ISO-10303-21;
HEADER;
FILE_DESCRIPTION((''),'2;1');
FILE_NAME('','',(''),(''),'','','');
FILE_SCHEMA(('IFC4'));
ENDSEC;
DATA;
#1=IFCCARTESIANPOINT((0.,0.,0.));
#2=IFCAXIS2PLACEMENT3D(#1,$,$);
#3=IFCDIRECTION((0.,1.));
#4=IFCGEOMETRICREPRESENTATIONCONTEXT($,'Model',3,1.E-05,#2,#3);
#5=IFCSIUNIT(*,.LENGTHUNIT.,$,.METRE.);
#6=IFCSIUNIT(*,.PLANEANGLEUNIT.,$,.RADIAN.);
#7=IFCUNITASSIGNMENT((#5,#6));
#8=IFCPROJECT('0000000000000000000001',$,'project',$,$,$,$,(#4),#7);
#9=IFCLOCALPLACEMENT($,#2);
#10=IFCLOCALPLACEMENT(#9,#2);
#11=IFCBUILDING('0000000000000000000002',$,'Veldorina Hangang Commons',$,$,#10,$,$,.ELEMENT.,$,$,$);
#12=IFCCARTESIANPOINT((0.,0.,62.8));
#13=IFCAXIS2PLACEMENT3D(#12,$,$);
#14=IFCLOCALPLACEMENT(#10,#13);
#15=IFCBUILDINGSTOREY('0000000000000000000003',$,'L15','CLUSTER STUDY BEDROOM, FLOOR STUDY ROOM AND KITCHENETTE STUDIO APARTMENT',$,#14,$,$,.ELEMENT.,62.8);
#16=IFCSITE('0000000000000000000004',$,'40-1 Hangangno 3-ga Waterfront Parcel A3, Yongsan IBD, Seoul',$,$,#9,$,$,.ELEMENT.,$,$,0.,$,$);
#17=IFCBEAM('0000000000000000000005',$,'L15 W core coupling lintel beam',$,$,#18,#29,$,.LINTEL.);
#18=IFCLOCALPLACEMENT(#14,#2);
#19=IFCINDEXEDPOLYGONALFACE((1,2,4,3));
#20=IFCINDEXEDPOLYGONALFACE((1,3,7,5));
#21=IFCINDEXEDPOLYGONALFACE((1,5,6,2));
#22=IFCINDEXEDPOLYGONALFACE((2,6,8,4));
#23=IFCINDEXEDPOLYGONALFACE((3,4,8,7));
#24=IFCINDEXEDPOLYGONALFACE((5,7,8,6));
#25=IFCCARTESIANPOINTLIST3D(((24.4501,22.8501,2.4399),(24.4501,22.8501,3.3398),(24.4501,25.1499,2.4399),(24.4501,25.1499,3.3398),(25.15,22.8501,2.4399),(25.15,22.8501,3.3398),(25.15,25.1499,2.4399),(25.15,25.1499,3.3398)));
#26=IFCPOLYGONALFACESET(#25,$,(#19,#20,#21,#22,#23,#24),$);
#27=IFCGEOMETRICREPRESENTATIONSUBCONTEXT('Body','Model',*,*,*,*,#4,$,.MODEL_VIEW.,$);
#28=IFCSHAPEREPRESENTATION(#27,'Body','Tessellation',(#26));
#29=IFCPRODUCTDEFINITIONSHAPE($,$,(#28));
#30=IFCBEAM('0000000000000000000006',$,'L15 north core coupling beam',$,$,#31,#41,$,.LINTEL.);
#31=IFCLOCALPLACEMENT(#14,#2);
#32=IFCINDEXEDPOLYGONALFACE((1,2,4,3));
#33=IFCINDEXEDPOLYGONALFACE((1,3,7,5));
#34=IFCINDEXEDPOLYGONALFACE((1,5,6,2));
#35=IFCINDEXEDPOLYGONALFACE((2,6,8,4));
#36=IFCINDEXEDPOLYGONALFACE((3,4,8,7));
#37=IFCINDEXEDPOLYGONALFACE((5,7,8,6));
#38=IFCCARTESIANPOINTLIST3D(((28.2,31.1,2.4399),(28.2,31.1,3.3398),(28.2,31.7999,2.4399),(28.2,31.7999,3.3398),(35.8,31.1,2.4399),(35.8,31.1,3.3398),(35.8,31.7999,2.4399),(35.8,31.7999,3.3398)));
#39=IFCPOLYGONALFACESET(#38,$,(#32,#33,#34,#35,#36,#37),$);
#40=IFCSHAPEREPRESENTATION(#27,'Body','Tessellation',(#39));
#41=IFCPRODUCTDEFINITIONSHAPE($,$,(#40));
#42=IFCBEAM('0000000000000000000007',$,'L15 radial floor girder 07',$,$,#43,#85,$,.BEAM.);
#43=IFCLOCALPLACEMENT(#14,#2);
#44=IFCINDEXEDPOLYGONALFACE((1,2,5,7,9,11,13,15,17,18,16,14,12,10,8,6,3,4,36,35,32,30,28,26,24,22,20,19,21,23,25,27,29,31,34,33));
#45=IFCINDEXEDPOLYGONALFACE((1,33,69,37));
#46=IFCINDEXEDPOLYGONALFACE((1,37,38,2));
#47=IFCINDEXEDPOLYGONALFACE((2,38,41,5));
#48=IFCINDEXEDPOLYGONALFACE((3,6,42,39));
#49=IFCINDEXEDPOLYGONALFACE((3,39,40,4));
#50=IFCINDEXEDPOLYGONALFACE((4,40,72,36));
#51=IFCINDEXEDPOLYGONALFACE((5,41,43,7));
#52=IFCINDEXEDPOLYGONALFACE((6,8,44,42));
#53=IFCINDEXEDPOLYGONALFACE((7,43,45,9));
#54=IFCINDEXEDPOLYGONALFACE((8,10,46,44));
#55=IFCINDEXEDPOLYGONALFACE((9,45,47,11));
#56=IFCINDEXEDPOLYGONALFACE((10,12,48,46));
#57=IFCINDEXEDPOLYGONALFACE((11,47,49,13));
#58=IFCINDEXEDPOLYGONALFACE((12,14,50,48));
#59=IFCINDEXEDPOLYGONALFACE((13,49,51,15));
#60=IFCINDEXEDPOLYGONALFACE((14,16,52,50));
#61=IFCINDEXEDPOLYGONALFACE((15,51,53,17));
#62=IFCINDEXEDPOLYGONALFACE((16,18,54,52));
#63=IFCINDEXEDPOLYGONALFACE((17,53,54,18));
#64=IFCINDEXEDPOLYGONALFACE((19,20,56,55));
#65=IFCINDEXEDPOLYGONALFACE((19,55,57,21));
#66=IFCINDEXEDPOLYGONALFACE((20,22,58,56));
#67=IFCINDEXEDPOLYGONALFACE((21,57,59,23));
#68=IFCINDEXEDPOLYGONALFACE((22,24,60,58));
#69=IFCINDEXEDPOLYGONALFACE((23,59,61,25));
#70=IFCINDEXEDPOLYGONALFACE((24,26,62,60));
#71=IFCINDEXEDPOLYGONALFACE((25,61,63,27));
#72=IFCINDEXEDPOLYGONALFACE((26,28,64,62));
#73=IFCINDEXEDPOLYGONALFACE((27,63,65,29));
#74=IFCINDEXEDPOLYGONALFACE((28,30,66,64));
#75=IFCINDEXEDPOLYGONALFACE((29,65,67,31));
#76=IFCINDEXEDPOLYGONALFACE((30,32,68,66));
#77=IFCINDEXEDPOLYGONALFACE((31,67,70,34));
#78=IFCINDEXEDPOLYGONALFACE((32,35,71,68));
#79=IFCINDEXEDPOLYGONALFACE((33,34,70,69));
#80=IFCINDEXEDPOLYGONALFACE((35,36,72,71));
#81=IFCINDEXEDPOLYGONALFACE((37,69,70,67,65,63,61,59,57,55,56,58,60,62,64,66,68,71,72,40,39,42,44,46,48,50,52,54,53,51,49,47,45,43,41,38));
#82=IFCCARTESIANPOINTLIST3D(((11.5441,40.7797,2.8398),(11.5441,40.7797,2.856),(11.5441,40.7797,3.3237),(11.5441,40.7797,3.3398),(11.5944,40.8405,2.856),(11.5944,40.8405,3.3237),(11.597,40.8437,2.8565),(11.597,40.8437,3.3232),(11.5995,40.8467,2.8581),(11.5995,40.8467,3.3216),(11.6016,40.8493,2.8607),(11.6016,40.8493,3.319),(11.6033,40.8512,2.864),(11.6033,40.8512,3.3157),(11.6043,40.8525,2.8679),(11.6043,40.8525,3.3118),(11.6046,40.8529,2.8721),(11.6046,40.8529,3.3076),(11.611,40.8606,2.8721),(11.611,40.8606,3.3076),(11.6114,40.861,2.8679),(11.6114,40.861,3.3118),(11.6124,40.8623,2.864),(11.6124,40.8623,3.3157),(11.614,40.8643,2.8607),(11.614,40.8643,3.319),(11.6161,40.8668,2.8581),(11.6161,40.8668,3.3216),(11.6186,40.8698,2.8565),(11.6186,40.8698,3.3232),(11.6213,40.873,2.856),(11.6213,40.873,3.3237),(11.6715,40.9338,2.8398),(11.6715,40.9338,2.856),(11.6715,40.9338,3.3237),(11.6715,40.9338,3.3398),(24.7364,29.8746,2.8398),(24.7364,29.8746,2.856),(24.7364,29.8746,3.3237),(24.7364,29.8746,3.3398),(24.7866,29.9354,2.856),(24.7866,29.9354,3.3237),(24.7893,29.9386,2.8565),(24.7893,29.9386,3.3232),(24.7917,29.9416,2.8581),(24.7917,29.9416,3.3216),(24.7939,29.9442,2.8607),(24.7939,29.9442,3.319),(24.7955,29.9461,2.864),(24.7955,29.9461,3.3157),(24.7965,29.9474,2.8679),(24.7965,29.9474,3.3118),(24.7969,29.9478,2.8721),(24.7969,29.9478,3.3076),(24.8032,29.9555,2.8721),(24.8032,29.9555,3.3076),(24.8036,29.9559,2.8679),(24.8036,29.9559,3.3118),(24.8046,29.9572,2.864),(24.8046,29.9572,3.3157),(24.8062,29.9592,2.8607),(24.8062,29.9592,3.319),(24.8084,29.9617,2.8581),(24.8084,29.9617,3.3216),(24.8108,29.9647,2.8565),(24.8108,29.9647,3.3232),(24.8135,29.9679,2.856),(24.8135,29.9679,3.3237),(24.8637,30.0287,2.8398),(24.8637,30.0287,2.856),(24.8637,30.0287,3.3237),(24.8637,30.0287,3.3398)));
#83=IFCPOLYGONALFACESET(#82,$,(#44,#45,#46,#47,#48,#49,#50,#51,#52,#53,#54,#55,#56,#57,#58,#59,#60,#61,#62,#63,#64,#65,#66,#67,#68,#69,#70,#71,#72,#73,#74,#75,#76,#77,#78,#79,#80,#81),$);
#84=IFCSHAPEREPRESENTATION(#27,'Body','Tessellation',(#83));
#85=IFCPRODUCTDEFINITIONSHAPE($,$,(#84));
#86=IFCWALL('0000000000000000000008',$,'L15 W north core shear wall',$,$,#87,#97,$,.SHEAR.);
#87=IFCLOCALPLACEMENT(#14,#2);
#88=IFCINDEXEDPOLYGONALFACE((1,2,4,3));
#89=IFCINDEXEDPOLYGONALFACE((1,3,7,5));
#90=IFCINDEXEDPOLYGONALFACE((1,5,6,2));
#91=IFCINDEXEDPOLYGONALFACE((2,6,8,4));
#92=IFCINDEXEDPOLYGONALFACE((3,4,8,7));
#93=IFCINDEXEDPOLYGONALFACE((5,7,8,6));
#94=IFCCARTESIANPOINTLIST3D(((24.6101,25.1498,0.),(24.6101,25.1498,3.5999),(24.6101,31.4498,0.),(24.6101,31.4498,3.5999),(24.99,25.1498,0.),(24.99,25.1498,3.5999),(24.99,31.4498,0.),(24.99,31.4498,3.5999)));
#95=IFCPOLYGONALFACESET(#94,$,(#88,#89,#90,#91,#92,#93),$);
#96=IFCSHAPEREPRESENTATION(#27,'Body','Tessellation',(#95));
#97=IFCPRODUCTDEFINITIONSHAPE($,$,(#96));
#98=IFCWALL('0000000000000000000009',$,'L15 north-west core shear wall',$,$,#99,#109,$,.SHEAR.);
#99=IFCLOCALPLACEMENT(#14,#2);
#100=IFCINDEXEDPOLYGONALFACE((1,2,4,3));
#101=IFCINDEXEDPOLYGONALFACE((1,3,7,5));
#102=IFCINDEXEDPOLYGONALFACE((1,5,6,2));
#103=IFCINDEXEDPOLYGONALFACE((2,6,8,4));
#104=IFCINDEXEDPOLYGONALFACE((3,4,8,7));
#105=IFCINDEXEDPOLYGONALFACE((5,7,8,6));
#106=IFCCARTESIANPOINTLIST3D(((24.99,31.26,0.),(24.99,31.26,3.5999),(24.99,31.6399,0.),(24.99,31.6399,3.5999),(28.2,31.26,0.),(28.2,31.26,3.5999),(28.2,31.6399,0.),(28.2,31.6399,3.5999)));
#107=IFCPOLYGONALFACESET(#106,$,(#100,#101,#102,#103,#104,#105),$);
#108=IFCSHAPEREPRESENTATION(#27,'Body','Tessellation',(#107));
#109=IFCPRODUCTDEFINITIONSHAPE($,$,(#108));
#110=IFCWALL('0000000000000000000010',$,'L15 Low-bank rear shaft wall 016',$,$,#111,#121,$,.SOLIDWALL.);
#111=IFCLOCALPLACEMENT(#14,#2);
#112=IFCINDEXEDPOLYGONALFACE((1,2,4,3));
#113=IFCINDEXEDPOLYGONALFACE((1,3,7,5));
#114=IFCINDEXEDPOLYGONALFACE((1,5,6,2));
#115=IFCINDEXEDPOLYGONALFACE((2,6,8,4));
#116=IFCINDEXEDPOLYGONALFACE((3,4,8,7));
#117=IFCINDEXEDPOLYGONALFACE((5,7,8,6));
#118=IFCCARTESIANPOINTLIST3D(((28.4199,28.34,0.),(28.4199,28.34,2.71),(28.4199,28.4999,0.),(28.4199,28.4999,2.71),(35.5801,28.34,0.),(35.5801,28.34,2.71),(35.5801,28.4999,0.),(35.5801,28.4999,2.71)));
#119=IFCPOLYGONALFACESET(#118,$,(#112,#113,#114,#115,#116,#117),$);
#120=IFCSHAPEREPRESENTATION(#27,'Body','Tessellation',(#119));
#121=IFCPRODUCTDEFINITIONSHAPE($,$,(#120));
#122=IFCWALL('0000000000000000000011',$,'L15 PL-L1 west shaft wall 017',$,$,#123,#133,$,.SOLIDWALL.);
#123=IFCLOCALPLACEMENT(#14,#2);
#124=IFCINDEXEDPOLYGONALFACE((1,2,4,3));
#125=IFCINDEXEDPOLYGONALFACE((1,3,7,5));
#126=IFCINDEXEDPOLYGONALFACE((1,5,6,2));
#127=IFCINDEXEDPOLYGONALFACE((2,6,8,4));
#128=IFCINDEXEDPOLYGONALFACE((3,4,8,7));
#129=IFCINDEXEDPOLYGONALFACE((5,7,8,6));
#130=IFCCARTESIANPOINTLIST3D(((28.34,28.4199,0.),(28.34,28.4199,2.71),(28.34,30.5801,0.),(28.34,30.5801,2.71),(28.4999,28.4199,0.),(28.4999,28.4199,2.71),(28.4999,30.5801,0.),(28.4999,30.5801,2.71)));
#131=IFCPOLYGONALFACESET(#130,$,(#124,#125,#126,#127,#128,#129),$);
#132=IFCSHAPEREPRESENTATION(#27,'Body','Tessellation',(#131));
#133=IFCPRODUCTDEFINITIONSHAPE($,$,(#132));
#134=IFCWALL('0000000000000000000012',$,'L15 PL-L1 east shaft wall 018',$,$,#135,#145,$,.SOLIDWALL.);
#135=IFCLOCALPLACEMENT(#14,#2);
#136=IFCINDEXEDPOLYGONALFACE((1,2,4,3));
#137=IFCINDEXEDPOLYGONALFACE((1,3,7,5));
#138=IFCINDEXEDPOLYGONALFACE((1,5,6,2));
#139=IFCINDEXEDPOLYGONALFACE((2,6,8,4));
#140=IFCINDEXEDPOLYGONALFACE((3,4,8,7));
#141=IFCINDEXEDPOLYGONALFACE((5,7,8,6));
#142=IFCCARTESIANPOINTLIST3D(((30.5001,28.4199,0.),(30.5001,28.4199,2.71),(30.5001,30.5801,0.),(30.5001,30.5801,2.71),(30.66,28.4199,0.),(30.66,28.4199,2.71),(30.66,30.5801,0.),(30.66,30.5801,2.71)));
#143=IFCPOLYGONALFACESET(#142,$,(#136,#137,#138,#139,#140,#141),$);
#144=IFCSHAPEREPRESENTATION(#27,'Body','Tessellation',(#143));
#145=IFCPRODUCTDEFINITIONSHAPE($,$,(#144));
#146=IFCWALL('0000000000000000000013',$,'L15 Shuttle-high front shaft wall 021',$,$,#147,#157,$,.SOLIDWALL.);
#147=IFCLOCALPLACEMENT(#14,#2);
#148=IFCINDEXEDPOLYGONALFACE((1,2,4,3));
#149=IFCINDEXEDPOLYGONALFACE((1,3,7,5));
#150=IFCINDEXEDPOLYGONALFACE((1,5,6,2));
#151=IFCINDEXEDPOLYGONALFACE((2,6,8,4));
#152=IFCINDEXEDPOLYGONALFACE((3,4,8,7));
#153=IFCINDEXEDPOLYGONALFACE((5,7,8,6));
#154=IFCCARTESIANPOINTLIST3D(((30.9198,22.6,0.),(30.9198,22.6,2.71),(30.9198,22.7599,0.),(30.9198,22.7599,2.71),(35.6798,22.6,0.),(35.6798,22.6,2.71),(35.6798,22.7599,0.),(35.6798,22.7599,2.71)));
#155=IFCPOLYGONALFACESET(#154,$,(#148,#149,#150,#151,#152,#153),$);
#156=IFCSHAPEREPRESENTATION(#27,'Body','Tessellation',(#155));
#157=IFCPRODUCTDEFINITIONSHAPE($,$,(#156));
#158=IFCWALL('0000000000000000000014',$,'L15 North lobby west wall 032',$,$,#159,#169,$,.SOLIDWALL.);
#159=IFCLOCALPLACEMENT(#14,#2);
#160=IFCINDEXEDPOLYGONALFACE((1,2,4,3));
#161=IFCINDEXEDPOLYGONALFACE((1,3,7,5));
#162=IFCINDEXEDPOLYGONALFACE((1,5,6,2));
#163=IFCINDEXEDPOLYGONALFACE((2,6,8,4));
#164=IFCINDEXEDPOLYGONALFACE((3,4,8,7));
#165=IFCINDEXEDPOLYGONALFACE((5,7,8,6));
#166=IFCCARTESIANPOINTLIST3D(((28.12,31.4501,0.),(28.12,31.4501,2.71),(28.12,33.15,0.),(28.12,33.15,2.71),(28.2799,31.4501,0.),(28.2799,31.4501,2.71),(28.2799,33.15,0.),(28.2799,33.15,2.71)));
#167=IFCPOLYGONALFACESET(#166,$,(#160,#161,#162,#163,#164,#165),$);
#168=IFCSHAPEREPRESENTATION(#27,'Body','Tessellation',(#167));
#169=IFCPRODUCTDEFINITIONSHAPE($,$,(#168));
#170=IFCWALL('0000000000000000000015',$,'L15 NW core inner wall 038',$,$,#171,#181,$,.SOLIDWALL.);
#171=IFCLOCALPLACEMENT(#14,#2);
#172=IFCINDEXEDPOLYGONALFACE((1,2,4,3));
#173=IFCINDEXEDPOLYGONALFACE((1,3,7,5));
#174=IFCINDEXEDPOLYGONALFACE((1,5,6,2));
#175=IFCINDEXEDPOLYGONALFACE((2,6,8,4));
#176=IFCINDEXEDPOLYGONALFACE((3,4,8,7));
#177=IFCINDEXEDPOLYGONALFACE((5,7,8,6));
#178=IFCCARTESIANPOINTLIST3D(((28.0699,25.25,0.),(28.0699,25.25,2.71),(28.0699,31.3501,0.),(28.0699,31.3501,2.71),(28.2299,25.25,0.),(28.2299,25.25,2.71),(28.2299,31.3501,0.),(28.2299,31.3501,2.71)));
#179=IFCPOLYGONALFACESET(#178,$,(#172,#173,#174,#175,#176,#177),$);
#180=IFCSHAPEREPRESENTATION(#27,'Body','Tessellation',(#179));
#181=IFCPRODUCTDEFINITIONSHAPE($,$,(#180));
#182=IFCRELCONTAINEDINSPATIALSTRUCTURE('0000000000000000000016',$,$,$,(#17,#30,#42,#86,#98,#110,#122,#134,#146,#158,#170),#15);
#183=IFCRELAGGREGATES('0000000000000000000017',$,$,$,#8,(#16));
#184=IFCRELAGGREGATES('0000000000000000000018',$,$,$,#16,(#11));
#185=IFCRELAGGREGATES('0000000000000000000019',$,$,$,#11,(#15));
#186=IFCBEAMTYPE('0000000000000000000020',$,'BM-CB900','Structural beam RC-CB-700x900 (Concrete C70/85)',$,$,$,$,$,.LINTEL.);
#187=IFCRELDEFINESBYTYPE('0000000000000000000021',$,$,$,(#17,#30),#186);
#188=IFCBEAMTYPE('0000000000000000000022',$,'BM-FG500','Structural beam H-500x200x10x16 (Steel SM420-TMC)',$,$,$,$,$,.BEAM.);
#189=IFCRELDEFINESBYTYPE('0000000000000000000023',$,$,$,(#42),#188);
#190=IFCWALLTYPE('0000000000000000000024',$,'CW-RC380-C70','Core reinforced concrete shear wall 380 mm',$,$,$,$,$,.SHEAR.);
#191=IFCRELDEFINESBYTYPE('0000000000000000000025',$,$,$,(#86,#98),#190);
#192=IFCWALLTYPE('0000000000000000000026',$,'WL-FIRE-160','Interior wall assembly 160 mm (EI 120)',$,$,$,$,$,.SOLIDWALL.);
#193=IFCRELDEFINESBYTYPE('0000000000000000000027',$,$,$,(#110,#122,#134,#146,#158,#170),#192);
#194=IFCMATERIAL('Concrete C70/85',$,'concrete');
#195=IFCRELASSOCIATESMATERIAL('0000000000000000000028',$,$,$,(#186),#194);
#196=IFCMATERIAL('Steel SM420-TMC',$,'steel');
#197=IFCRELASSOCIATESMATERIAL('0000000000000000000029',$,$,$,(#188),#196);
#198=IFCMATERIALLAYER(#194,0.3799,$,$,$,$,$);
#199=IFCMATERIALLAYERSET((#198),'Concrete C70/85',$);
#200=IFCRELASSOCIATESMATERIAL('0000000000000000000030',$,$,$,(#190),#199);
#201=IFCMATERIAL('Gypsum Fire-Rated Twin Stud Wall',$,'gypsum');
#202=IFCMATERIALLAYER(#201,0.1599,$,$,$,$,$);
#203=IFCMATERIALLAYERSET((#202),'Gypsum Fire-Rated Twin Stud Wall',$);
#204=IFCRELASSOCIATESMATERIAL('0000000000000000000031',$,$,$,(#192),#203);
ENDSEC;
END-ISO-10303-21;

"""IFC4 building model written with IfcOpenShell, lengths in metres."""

from ifc_helpers import new_model, si_unit, direction, frame, frame_2d, origin, origin_2d, place, context, subcontext, project, spatial, rectangle, i_section, extrude, material, layer, layer_set, material_profile, profile_set, type_object, element, save


model = new_model("IFC4")

# Units and contexts
model_context = context("Model", 3, precision=1e-05, world=origin(), true_north=direction((0.0, 1.0)))
body_context = subcontext(model_context, "Body", "Model", "MODEL_VIEW")
ifc_project = project(units=[si_unit("LENGTHUNIT", "METRE"), si_unit("PLANEANGLEUNIT", "RADIAN")], contexts=[model_context])

# Site, building, storey
site_placement = place(None, origin())
site = spatial("IfcSite", under=ifc_project, at=site_placement, Name="40-1 Hangangno 3-ga Waterfront Parcel A3, Yongsan IBD, Seoul", CompositionType="ELEMENT", RefElevation=0.0)
building_placement = place(site_placement, origin())
building = spatial("IfcBuilding", under=site, at=building_placement, Name="Veldorina Hangang Commons", CompositionType="ELEMENT")
storey_placement = place(building_placement, frame((0.0, 0.0, 62.8)))
storey = spatial("IfcBuildingStorey", under=building, at=storey_placement, Name="L15", Description="CLUSTER STUDY BEDROOM, FLOOR STUDY ROOM AND KITCHENETTE STUDIO APARTMENT", CompositionType="ELEMENT", Elevation=62.8)

# Beams
ifc_material_1 = material(Name="Concrete C70/85", Category="concrete")
ifc_material_profile_1 = material_profile(ifc_material_1, rectangle(XDim=0.7, YDim=0.8999, at=origin_2d()), Name="RC-CB-700x900")
ifc_profile_set_1 = profile_set([ifc_material_profile_1], Name="Concrete C70/85")
beam_type_1 = type_object("IfcBeamType", Name="BM-CB900", Description="Structural beam RC-CB-700x900 (Concrete C70/85)", PredefinedType="LINTEL", material=ifc_profile_set_1)
beam_1_placement = place(storey_placement, frame((24.8, 22.8501, 2.8899), z_axis=(0.0, 1.0, 0.0), x_axis=(-1.0, 0.0, 0.0)))
element("IfcBeam", 1, at=beam_1_placement, inside=storey, type_object=beam_type_1, Name="L15 W core coupling lintel beam", PredefinedType="LINTEL", context=body_context, shape_type="SweptSolid", body=[
    extrude(rectangle(XDim=0.7, YDim=0.8999, at=origin_2d()), origin(), (0.0, 0.0, 1.0), 2.2998),
])
beam_2_placement = place(storey_placement, frame((28.2, 31.45, 2.8899), z_axis=(1.0, 0.0, 0.0), x_axis=(0.0, 1.0, 0.0)))
element("IfcBeam", 2, at=beam_2_placement, inside=storey, type_object=beam_type_1, Name="L15 north core coupling beam", PredefinedType="LINTEL", context=body_context, shape_type="SweptSolid", body=[
    extrude(rectangle(XDim=0.7, YDim=0.8999, at=origin_2d()), origin(), (0.0, 0.0, 1.0), 7.6001),
])
ifc_material_2 = material(Name="Steel SM420-TMC", Category="steel")
ifc_material_profile_2 = material_profile(ifc_material_2, i_section(OverallWidth=0.2, OverallDepth=0.5, WebThickness=0.01, FlangeThickness=0.0161, FilletRadius=0.0161, at=origin_2d()), Name="H-500x200x10x16")
ifc_profile_set_2 = profile_set([ifc_material_profile_2], Name="Steel SM420-TMC")
beam_type_2 = type_object("IfcBeamType", Name="BM-FG500", Description="Structural beam H-500x200x10x16 (Steel SM420-TMC)", PredefinedType="BEAM", material=ifc_profile_set_2)
beam_3_placement = place(storey_placement, frame((24.8, 29.9517, 3.0898), z_axis=(-0.770756, 0.637131, 0.0), x_axis=(-0.637131, -0.770756, 0.0)))
element("IfcBeam", 3, at=beam_3_placement, inside=storey, type_object=beam_type_2, Name="L15 radial floor girder 07", PredefinedType="BEAM", context=body_context, shape_type="SweptSolid", body=[
    extrude(i_section(OverallWidth=0.2, OverallDepth=0.5, WebThickness=0.01, FlangeThickness=0.0161, FilletRadius=0.0161, at=origin_2d()), origin(), (0.0, 0.0, 1.0), 17.116),
])

# Walls
ifc_layer_1 = layer(ifc_material_1, 0.3799)
ifc_layer_set_1 = layer_set([ifc_layer_1], Name="Concrete C70/85")
wall_type_1 = type_object("IfcWallType", Name="CW-RC380-C70", Description="Core reinforced concrete shear wall 380 mm", PredefinedType="SHEAR", material=ifc_layer_set_1)
wall_1_placement = place(storey_placement, frame((24.8, 25.1499, 0.0), z_axis=(0.0, 0.0, 1.0), x_axis=(0.0, 1.0, 0.0)))
element("IfcWall", 4, at=wall_1_placement, inside=storey, type_object=wall_type_1, Name="L15 W north core shear wall", PredefinedType="SHEAR", context=body_context, shape_type="SweptSolid", body=[
    extrude(rectangle(XDim=6.3, YDim=0.3799, at=frame_2d((3.1499, 0.0))), origin(), (0.0, 0.0, 1.0), 3.5999),
])
wall_2_placement = place(storey_placement, frame((24.99, 31.45, 0.0), z_axis=(0.0, 0.0, 1.0), x_axis=(1.0, 0.0, 0.0)))
element("IfcWall", 5, at=wall_2_placement, inside=storey, type_object=wall_type_1, Name="L15 north-west core shear wall", PredefinedType="SHEAR", context=body_context, shape_type="SweptSolid", body=[
    extrude(rectangle(XDim=3.21, YDim=0.3799, at=frame_2d((1.605, 0.0))), origin(), (0.0, 0.0, 1.0), 3.5999),
])

# Shared definitions
ifc_material_3 = material(Name="Gypsum Fire-Rated Twin Stud Wall", Category="gypsum")
ifc_layer_2 = layer(ifc_material_3, 0.1599)
ifc_layer_set_2 = layer_set([ifc_layer_2], Name="Gypsum Fire-Rated Twin Stud Wall")
wall_type_2 = type_object("IfcWallType", Name="WL-FIRE-160", Description="Interior wall assembly 160 mm (EI 120)", PredefinedType="SOLIDWALL", material=ifc_layer_set_2)

# Walls
wall_3_placement = place(storey_placement, frame((28.4199, 28.4199, 0.0), z_axis=(0.0, 0.0, 1.0), x_axis=(1.0, 0.0, 0.0)))
element("IfcWall", 6, at=wall_3_placement, inside=storey, type_object=wall_type_2, Name="L15 Low-bank rear shaft wall 016", PredefinedType="SOLIDWALL", context=body_context, shape_type="SweptSolid", body=[
    extrude(rectangle(XDim=7.1602, YDim=0.1599, at=frame_2d((3.5801, 0.0))), origin(), (0.0, 0.0, 1.0), 2.71),
])
for number, where, z_axis, x_axis, name in (
    (7, (28.4199, 28.4199, 0.0), (0.0, 0.0, 1.0), (0.0, 1.0, 0.0), "L15 PL-L1 west shaft wall 017"),
    (8, (30.5801, 28.4199, 0.0), (0.0, 0.0, 1.0), (0.0, 1.0, 0.0), "L15 PL-L1 east shaft wall 018"),
):
    element("IfcWall", number, at=place(storey_placement, frame(where, z_axis=z_axis, x_axis=x_axis)), inside=storey, type_object=wall_type_2, Name=name, PredefinedType="SOLIDWALL", context=body_context, shape_type="SweptSolid", body=[
        extrude(rectangle(XDim=2.1602, YDim=0.1599, at=frame_2d((1.0801, 0.0))), origin(), (0.0, 0.0, 1.0), 2.71),
    ])
wall_4_placement = place(storey_placement, frame((30.9199, 22.6799, 0.0), z_axis=(0.0, 0.0, 1.0), x_axis=(1.0, 0.0, 0.0)))
element("IfcWall", 9, at=wall_4_placement, inside=storey, type_object=wall_type_2, Name="L15 Shuttle-high front shaft wall 021", PredefinedType="SOLIDWALL", context=body_context, shape_type="SweptSolid", body=[
    extrude(rectangle(XDim=4.76, YDim=0.1599, at=frame_2d((2.3799, 0.0))), origin(), (0.0, 0.0, 1.0), 2.71),
])
wall_5_placement = place(storey_placement, frame((28.2, 31.45, 0.0), z_axis=(0.0, 0.0, 1.0), x_axis=(0.0, 1.0, 0.0)))
element("IfcWall", 10, at=wall_5_placement, inside=storey, type_object=wall_type_2, Name="L15 North lobby west wall 032", PredefinedType="SOLIDWALL", context=body_context, shape_type="SweptSolid", body=[
    extrude(rectangle(XDim=1.7, YDim=0.1599, at=frame_2d((0.8501, 0.0))), origin(), (0.0, 0.0, 1.0), 2.71),
])
wall_6_placement = place(storey_placement, frame((28.1499, 25.25, 0.0), z_axis=(0.0, 0.0, 1.0), x_axis=(0.0, 1.0, 0.0)))
element("IfcWall", 11, at=wall_6_placement, inside=storey, type_object=wall_type_2, Name="L15 NW core inner wall 038", PredefinedType="SOLIDWALL", context=body_context, shape_type="SweptSolid", body=[
    extrude(rectangle(XDim=6.1001, YDim=0.1599, at=frame_2d((3.05, 0.0))), origin(), (0.0, 0.0, 1.0), 2.71),
])

save(model, "model.ifc")
